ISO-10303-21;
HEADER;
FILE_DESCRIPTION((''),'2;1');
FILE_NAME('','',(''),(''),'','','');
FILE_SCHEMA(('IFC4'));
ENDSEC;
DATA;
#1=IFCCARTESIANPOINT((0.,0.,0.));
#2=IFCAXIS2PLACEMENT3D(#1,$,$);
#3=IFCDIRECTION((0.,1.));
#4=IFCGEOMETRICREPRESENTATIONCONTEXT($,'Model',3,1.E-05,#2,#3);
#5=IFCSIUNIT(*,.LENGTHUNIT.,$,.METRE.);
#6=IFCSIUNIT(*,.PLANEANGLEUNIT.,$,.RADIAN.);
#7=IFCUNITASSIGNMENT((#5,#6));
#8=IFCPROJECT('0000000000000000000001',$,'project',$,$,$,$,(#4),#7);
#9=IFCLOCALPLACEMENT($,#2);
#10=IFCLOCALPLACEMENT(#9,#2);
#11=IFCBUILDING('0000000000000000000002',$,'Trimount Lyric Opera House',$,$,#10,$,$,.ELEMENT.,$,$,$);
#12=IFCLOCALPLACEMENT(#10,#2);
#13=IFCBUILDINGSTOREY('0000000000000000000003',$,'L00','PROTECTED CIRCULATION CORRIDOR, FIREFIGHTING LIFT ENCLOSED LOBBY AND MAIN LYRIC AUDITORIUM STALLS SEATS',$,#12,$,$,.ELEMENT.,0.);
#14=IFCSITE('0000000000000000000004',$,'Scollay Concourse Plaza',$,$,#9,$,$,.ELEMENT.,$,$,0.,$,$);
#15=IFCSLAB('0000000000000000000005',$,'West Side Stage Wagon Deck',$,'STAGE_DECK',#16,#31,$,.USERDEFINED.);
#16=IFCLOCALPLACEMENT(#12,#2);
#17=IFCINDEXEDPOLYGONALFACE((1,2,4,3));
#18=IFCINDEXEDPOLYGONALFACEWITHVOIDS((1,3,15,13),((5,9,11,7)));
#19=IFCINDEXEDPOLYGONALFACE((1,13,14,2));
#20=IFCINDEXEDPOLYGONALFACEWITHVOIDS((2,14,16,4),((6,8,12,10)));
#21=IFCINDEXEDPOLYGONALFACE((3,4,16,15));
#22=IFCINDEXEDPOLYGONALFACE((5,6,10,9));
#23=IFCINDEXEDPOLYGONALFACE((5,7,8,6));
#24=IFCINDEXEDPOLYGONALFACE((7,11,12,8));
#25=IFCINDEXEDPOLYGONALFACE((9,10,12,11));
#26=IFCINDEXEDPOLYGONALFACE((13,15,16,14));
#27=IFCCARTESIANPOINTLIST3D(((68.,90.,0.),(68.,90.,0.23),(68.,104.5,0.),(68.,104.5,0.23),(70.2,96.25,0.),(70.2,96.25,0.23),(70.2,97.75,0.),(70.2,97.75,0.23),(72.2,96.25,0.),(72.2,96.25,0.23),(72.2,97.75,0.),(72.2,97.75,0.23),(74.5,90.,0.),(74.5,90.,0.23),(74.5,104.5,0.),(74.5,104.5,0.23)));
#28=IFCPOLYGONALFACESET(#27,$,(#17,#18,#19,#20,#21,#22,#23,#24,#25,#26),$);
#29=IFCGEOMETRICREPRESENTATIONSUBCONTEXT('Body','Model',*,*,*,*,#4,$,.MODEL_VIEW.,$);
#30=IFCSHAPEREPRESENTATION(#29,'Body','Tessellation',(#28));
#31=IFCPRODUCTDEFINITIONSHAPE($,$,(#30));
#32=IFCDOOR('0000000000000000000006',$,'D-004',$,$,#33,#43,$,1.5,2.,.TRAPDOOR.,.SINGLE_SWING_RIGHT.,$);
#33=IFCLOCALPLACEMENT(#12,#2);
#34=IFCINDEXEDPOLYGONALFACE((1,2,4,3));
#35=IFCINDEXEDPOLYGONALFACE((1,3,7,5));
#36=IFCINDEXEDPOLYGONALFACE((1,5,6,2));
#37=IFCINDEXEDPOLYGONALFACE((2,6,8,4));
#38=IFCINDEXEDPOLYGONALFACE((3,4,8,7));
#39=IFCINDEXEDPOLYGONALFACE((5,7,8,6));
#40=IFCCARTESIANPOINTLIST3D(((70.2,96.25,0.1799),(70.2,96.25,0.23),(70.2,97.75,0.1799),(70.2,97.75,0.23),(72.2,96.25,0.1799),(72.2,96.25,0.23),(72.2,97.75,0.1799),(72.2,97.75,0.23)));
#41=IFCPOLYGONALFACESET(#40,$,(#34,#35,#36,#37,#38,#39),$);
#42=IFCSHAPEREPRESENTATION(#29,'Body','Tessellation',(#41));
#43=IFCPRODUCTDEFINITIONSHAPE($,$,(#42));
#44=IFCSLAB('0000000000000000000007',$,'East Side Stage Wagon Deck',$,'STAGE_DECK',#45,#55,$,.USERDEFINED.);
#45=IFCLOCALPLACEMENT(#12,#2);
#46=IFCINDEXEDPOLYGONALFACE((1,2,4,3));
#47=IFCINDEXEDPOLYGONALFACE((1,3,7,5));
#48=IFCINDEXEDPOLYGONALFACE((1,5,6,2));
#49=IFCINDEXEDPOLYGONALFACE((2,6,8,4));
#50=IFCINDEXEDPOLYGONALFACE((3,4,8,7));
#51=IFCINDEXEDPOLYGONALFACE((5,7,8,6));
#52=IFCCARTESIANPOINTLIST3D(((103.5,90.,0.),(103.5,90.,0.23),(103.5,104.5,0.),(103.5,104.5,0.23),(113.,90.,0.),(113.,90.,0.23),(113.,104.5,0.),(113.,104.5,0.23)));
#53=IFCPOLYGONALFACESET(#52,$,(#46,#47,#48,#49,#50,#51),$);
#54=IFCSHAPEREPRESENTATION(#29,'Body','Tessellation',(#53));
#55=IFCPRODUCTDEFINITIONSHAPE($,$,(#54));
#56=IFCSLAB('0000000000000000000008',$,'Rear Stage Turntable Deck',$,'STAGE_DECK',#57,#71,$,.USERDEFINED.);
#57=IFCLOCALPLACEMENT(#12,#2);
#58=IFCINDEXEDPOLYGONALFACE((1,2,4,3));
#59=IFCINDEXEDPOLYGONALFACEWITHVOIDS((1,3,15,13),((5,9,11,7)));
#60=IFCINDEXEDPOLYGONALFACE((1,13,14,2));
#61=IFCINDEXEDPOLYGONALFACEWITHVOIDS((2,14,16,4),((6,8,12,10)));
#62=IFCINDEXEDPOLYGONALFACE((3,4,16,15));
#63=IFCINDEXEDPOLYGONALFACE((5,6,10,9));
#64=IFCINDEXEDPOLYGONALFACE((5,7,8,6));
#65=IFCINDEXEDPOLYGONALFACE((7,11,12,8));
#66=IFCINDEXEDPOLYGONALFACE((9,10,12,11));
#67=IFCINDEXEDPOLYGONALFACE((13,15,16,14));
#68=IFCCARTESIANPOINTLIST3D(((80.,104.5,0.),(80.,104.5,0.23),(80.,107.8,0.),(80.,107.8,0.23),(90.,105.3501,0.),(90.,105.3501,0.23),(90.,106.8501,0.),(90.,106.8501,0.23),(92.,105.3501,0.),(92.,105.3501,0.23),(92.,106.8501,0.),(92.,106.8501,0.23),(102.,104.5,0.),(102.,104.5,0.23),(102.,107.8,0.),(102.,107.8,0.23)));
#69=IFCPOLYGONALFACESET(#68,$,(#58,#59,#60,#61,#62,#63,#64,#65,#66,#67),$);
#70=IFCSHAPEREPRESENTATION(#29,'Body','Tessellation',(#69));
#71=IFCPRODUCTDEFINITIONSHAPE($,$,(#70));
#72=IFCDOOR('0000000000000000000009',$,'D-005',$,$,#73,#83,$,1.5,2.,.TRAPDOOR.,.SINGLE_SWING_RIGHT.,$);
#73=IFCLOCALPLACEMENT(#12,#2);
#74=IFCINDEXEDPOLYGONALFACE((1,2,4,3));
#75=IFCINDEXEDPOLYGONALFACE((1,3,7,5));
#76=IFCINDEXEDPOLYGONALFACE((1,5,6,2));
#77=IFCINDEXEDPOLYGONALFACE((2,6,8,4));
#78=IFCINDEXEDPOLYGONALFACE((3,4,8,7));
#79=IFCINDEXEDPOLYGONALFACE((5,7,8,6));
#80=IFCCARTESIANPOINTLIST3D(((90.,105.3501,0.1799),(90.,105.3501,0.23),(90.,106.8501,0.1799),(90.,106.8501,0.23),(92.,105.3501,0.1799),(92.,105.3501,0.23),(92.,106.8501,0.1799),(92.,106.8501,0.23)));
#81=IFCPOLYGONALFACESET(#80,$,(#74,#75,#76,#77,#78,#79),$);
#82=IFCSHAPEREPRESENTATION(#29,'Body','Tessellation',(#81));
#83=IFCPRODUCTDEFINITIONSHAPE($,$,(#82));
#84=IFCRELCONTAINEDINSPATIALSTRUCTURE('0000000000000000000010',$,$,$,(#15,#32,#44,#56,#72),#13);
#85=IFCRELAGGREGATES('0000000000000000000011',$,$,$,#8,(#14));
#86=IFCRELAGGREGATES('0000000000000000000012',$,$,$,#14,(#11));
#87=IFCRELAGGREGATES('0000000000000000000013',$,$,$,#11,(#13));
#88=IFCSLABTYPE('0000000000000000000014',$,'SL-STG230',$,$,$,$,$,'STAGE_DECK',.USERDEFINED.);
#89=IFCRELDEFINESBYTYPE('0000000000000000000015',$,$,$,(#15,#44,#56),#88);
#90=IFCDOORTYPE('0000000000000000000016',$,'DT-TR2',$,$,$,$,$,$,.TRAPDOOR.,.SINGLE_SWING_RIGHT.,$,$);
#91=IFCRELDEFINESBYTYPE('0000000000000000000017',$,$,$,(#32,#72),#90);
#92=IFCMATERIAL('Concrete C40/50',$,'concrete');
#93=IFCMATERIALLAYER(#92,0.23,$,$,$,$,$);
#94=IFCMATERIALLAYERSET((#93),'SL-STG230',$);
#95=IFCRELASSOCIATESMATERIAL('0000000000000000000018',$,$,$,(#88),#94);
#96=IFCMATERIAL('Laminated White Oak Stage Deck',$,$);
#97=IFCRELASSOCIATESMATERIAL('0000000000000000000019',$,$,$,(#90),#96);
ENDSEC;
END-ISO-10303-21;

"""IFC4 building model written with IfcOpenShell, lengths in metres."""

from ifc_helpers import new_model, si_unit, direction, frame, origin, origin_2d, place, context, subcontext, project, spatial, polyline, rectangle, outline, extrude, material, layer, layer_set, type_object, element, fill, save


model = new_model("IFC4")

# Units and contexts
model_context = context("Model", 3, precision=1e-05, world=origin(), true_north=direction((0.0, 1.0)))
body_context = subcontext(model_context, "Body", "Model", "MODEL_VIEW")
ifc_project = project(units=[si_unit("LENGTHUNIT", "METRE"), si_unit("PLANEANGLEUNIT", "RADIAN")], contexts=[model_context])

# Site, building, storey
site_placement = place(None, origin())
site = spatial("IfcSite", under=ifc_project, at=site_placement, Name="Scollay Concourse Plaza", CompositionType="ELEMENT", RefElevation=0.0)
building_placement = place(site_placement, origin())
building = spatial("IfcBuilding", under=site, at=building_placement, Name="Trimount Lyric Opera House", CompositionType="ELEMENT")
storey_placement = place(building_placement, origin())
storey = spatial("IfcBuildingStorey", under=building, at=storey_placement, Name="L00", Description="PROTECTED CIRCULATION CORRIDOR, FIREFIGHTING LIFT ENCLOSED LOBBY AND MAIN LYRIC AUDITORIUM STALLS SEATS", CompositionType="ELEMENT", Elevation=0.0)

# Shared definitions
ifc_material_1 = material(Name="Concrete C40/50", Category="concrete")
ifc_layer_1 = layer(ifc_material_1, 0.23)
ifc_layer_set_1 = layer_set([ifc_layer_1], Name="SL-STG230")
slab_type_1 = type_object("IfcSlabType", Name="SL-STG230", ElementType="STAGE_DECK", PredefinedType="USERDEFINED", material=ifc_layer_set_1)

# Slab, opening, door
slab_1_placement = place(storey_placement, origin())
slab_1 = element("IfcSlab", 1, at=slab_1_placement, inside=storey, type_object=slab_type_1, Name="West Side Stage Wagon Deck", ObjectType="STAGE_DECK", PredefinedType="USERDEFINED", context=body_context, shape_type="SweptSolid", body=[
    extrude(outline(polyline([(68.0, 90.0), (74.5, 90.0), (74.5, 104.5), (68.0, 104.5), (68.0, 90.0)])), origin(), (0.0, 0.0, 1.0), 0.23),
])
opening_1_placement = place(slab_1_placement, frame((71.2, 97.0, 0.0)))
opening_1 = element("IfcOpeningElement", 2, at=opening_1_placement, cuts=slab_1, PredefinedType="OPENING", context=body_context, shape_type="SweptSolid", body=[
    extrude(rectangle(XDim=2.0, YDim=1.5, at=origin_2d()), frame((0.0, 0.0, -0.01)), (0.0, 0.0, 1.0), 0.25),
])
ifc_material_2 = material(Name="Laminated White Oak Stage Deck")
door_type_1 = type_object("IfcDoorType", Name="DT-TR2", OperationType="SINGLE_SWING_RIGHT", PredefinedType="TRAPDOOR", material=ifc_material_2)
door_1_placement = place(opening_1_placement, frame((0.0, 0.0, 0.1799)))
door_1 = element("IfcDoor", 3, at=door_1_placement, inside=storey, type_object=door_type_1, Name="D-004", OperationType="SINGLE_SWING_RIGHT", OverallHeight=1.5, OverallWidth=2.0, PredefinedType="TRAPDOOR", context=body_context, shape_type="SweptSolid", body=[
    extrude(rectangle(XDim=2.0, YDim=1.5, at=origin_2d()), origin(), (0.0, 0.0, 1.0), 0.05),
])
fill(opening_1, door_1)

# Slab
slab_2_placement = place(storey_placement, origin())
element("IfcSlab", 4, at=slab_2_placement, inside=storey, type_object=slab_type_1, Name="East Side Stage Wagon Deck", ObjectType="STAGE_DECK", PredefinedType="USERDEFINED", context=body_context, shape_type="SweptSolid", body=[
    extrude(outline(polyline([(103.5, 90.0), (113.0, 90.0), (113.0, 104.5), (103.5, 104.5), (103.5, 90.0)])), origin(), (0.0, 0.0, 1.0), 0.23),
])

# Slab, opening, door
slab_3_placement = place(storey_placement, origin())
slab_3 = element("IfcSlab", 5, at=slab_3_placement, inside=storey, type_object=slab_type_1, Name="Rear Stage Turntable Deck", ObjectType="STAGE_DECK", PredefinedType="USERDEFINED", context=body_context, shape_type="SweptSolid", body=[
    extrude(outline(polyline([(80.0, 104.5), (102.0, 104.5), (102.0, 107.8), (80.0, 107.8), (80.0, 104.5)])), origin(), (0.0, 0.0, 1.0), 0.23),
])
opening_2_placement = place(slab_3_placement, frame((91.0, 106.1001, 0.0)))
opening_2 = element("IfcOpeningElement", 6, at=opening_2_placement, cuts=slab_3, PredefinedType="OPENING", context=body_context, shape_type="SweptSolid", body=[
    extrude(rectangle(XDim=2.0, YDim=1.5, at=origin_2d()), frame((0.0, 0.0, -0.01)), (0.0, 0.0, 1.0), 0.25),
])
door_2_placement = place(opening_2_placement, frame((0.0, 0.0, 0.1799)))
door_2 = element("IfcDoor", 7, at=door_2_placement, inside=storey, type_object=door_type_1, Name="D-005", OperationType="SINGLE_SWING_RIGHT", OverallHeight=1.5, OverallWidth=2.0, PredefinedType="TRAPDOOR", context=body_context, shape_type="SweptSolid", body=[
    extrude(rectangle(XDim=2.0, YDim=1.5, at=origin_2d()), origin(), (0.0, 0.0, 1.0), 0.05),
])
fill(opening_2, door_2)

save(model, "model.ifc")
